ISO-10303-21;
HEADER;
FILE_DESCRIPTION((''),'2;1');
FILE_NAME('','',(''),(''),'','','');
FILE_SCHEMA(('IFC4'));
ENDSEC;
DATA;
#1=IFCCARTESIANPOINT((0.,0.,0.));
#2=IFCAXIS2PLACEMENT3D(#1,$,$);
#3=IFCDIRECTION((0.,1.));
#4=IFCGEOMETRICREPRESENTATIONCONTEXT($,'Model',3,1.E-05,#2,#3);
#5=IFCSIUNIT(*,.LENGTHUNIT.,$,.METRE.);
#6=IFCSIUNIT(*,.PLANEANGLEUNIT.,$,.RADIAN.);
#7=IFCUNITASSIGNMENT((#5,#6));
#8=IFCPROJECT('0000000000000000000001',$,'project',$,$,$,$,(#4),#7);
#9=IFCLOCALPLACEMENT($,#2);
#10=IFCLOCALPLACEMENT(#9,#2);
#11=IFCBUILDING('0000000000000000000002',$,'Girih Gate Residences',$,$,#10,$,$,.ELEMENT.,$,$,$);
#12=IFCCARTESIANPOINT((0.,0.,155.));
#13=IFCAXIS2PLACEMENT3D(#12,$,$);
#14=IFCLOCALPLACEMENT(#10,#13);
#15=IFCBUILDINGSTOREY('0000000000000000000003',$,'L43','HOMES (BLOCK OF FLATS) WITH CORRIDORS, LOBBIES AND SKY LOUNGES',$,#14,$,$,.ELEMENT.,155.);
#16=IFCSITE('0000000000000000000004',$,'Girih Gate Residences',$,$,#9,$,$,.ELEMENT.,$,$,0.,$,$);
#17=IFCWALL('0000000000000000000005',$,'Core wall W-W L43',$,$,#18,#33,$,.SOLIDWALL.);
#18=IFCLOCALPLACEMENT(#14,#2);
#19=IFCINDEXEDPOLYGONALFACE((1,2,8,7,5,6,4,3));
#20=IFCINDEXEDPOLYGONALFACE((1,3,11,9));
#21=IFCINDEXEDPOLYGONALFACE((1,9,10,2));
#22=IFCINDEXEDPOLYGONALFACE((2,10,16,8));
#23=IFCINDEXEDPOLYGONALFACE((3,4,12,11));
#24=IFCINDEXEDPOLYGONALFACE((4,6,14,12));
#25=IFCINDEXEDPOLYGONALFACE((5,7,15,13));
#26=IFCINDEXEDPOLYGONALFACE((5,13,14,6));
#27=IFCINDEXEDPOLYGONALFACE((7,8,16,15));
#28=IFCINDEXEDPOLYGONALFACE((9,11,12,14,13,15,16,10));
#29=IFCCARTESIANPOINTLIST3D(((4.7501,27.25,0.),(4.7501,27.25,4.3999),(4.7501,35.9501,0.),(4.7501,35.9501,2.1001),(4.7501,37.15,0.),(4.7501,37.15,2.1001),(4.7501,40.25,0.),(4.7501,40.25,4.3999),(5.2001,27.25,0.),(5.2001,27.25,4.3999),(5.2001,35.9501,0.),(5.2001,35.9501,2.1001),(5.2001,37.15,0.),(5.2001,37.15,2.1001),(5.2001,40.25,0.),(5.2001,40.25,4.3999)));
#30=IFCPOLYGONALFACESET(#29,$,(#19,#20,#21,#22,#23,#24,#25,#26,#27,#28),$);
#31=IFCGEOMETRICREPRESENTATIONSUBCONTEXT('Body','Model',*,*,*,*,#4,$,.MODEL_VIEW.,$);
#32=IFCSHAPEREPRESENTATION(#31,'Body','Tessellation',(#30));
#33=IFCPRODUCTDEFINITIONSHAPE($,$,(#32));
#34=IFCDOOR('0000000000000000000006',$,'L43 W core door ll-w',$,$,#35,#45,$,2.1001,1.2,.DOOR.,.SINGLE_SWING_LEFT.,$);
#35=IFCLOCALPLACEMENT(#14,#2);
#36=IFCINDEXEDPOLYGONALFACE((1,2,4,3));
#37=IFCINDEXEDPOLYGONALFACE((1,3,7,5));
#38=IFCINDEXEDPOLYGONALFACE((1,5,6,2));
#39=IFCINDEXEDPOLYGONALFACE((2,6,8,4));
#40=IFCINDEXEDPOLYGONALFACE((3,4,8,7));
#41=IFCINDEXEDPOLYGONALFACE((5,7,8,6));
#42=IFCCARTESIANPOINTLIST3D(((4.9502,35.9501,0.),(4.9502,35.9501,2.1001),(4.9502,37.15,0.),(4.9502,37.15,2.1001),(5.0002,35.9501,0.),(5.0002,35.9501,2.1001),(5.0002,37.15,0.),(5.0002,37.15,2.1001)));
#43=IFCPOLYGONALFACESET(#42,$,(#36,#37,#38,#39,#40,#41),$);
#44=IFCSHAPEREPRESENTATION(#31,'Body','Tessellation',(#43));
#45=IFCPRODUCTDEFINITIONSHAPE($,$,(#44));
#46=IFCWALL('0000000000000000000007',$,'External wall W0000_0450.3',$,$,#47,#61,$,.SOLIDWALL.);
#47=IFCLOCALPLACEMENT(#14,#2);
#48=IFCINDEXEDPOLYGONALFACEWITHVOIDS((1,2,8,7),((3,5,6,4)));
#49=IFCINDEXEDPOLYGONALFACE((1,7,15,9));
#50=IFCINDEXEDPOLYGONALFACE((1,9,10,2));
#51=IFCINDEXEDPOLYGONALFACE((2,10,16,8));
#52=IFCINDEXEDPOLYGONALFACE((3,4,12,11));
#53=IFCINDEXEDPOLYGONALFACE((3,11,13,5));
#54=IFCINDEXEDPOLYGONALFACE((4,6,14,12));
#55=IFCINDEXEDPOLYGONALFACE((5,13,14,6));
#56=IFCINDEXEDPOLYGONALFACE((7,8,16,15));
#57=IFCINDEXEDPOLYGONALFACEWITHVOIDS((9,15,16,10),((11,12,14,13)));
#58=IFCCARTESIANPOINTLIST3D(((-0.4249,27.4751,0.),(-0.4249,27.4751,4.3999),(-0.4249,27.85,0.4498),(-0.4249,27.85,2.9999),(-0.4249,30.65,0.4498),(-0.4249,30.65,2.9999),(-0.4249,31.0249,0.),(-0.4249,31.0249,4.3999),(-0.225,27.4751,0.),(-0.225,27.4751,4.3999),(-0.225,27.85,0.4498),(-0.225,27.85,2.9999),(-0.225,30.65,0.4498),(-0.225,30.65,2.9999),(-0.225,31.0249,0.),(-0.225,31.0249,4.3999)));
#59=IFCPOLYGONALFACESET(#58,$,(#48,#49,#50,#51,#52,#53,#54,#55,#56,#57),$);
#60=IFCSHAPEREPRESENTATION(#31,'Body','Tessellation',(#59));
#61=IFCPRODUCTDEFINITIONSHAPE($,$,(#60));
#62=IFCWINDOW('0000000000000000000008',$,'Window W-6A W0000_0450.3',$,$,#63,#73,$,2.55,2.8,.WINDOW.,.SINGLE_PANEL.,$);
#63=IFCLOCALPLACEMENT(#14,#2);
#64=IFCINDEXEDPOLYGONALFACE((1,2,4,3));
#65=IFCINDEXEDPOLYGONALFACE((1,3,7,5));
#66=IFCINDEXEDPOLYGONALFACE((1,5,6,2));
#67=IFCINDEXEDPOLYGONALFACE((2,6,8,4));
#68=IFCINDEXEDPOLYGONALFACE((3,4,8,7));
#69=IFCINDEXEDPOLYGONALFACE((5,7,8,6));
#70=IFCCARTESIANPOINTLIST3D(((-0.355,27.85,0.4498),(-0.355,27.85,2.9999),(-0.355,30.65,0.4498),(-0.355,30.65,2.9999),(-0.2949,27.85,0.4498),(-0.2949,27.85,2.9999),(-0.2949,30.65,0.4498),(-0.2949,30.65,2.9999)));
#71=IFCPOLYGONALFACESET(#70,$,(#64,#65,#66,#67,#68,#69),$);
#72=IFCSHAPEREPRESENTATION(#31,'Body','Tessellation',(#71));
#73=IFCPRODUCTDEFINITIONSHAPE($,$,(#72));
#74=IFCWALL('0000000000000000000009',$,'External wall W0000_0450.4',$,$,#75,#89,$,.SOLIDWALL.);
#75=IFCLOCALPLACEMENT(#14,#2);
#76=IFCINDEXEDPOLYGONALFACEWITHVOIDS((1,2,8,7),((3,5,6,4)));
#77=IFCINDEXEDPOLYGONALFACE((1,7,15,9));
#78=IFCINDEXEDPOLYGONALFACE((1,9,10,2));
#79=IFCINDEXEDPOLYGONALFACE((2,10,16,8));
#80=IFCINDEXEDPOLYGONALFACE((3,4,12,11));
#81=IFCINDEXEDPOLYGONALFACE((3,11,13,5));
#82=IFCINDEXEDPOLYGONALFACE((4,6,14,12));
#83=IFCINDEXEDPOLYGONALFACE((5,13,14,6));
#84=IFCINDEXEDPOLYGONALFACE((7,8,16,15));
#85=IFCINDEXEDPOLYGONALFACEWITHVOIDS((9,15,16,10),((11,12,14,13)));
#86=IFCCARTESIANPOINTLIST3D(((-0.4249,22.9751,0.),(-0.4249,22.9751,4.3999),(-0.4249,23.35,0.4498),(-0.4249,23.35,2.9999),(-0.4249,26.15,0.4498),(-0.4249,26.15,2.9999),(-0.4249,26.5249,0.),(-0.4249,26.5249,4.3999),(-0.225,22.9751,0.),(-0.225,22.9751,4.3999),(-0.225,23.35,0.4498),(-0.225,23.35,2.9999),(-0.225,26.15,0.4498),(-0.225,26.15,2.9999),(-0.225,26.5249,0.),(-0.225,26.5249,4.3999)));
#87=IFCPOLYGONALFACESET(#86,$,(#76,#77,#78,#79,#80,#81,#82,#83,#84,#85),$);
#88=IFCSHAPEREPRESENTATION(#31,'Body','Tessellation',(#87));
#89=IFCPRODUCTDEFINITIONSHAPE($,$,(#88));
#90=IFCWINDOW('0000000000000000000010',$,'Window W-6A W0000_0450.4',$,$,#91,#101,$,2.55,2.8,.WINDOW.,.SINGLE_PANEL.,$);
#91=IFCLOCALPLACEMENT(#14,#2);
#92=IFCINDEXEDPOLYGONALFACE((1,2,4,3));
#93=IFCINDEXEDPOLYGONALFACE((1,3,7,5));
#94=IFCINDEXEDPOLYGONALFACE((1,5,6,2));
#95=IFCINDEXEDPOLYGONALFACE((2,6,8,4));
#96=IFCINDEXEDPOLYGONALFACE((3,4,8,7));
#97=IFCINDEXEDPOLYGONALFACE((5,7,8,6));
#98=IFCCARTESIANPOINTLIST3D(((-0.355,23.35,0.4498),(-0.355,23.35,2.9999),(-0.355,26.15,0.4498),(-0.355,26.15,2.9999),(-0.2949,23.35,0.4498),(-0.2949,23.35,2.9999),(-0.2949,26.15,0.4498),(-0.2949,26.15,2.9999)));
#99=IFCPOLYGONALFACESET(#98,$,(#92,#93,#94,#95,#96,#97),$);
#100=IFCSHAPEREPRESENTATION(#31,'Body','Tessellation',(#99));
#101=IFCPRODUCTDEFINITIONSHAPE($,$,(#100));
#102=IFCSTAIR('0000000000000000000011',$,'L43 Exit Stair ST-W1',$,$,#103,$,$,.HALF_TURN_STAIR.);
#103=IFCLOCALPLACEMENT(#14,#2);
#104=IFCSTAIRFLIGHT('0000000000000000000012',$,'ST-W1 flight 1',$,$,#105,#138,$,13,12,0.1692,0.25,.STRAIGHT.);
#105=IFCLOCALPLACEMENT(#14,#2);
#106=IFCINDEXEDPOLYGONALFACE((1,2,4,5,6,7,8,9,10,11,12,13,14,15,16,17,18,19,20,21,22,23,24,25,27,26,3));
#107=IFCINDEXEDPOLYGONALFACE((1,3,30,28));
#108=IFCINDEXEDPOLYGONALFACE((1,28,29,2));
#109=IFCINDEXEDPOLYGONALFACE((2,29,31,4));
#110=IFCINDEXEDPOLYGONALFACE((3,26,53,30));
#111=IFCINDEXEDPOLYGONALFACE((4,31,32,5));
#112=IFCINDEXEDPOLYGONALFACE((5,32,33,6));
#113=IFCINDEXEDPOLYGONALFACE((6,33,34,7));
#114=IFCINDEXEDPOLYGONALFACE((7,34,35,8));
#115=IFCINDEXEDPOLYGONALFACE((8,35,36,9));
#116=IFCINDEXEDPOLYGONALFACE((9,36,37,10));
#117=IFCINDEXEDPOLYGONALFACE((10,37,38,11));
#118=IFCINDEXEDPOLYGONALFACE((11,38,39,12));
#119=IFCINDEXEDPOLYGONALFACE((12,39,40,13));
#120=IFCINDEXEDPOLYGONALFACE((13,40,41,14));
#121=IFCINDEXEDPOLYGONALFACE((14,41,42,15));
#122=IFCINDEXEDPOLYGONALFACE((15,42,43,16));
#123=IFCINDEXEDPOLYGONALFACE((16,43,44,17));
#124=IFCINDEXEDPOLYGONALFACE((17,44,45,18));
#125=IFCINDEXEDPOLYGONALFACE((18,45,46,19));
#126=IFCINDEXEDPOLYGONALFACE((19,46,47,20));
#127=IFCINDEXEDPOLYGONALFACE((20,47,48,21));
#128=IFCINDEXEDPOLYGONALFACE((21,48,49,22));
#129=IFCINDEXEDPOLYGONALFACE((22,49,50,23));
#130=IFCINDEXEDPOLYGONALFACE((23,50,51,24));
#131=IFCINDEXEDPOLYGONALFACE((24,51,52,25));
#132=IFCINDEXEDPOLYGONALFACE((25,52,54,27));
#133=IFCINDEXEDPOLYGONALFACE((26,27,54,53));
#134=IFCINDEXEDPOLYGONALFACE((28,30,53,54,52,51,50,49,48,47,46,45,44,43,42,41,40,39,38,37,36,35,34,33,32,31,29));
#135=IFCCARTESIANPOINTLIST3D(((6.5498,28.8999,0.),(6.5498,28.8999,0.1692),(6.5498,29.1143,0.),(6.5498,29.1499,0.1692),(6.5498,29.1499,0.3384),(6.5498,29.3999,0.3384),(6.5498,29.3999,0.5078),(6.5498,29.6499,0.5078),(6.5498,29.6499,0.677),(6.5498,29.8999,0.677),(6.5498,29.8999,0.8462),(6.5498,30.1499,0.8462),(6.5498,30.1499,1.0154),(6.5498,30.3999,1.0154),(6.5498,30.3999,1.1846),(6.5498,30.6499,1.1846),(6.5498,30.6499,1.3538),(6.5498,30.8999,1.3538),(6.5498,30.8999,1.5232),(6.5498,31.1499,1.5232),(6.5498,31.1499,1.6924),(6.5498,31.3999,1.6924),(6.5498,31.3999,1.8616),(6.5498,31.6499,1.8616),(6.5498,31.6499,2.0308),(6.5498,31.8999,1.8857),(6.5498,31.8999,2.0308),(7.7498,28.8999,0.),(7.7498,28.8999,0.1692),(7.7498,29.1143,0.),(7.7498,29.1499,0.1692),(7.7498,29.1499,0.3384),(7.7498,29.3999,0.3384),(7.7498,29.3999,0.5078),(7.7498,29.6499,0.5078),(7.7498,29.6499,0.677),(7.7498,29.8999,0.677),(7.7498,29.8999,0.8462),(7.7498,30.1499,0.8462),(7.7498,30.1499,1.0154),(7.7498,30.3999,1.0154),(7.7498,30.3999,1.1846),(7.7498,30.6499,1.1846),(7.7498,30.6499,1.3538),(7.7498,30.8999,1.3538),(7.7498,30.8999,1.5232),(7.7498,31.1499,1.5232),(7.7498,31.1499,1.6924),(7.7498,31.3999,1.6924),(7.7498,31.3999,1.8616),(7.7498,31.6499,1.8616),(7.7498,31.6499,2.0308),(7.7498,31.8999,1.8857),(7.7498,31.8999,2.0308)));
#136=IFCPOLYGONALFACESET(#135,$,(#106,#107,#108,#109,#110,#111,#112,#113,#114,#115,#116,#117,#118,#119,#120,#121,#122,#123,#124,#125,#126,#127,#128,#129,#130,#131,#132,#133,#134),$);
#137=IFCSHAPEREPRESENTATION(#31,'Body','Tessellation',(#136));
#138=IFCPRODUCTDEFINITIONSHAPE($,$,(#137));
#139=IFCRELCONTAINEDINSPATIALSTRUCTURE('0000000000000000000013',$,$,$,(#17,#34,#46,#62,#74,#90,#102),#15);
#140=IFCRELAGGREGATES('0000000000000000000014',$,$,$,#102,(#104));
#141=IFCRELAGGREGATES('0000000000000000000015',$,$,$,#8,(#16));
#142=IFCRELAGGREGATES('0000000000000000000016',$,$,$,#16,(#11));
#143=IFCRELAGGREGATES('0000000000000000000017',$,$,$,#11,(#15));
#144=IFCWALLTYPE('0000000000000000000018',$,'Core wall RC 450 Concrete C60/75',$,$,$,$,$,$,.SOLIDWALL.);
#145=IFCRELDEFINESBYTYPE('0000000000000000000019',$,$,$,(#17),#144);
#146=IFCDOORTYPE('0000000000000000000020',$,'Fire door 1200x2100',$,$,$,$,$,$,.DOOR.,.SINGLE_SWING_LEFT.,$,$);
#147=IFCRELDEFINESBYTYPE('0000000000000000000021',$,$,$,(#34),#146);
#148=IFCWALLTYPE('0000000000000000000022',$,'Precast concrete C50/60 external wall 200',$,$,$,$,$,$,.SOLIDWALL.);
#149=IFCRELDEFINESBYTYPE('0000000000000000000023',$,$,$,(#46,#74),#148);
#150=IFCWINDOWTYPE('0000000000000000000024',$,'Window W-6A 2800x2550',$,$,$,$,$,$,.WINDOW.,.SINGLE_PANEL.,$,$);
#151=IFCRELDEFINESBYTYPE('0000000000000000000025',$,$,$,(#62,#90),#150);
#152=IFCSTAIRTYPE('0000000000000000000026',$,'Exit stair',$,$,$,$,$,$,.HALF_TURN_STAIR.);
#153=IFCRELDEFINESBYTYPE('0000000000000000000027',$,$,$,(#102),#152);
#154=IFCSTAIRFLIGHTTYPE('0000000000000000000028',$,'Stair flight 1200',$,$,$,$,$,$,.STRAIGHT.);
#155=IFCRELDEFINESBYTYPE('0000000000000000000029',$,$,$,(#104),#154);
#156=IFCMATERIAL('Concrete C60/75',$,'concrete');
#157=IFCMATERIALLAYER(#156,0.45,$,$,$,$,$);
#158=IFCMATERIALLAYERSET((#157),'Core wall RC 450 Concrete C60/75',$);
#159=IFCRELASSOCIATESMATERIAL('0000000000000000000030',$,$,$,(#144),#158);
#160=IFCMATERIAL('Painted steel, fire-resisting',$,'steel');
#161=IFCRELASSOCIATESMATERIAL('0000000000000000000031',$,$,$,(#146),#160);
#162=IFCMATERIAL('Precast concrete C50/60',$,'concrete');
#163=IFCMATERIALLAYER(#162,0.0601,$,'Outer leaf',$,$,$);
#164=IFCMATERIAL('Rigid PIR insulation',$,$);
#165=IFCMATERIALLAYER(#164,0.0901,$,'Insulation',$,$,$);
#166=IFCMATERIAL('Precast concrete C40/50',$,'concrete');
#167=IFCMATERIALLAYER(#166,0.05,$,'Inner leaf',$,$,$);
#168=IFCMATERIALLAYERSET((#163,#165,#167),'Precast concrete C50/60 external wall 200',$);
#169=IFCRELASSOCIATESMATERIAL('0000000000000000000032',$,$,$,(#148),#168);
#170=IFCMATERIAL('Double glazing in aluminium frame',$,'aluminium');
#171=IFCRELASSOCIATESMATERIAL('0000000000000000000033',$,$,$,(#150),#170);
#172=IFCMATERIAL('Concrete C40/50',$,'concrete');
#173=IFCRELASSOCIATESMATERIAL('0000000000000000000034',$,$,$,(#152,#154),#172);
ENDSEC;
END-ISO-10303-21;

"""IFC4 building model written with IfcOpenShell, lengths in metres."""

from ifc_helpers import new_model, si_unit, direction, frame, frame_2d, origin, place, context, subcontext, project, spatial, polyline, rectangle, outline, extrude, material, layer, layer_set, type_object, element, fill, aggregate, save


model = new_model("IFC4")

# Units and contexts
model_context = context("Model", 3, precision=1e-05, world=origin(), true_north=direction((0.0, 1.0)))
body_context = subcontext(model_context, "Body", "Model", "MODEL_VIEW")
ifc_project = project(units=[si_unit("LENGTHUNIT", "METRE"), si_unit("PLANEANGLEUNIT", "RADIAN")], contexts=[model_context])

# Site, building, storey
site_placement = place(None, origin())
site = spatial("IfcSite", under=ifc_project, at=site_placement, Name="Girih Gate Residences", CompositionType="ELEMENT", RefElevation=0.0)
building_placement = place(site_placement, origin())
building = spatial("IfcBuilding", under=site, at=building_placement, Name="Girih Gate Residences", CompositionType="ELEMENT")
storey_placement = place(building_placement, frame((0.0, 0.0, 155.0)))
storey = spatial("IfcBuildingStorey", under=building, at=storey_placement, Name="L43", Description="HOMES (BLOCK OF FLATS) WITH CORRIDORS, LOBBIES AND SKY LOUNGES", CompositionType="ELEMENT", Elevation=155.0)

# Shared definitions
ifc_material_1 = material(Name="Concrete C60/75", Category="concrete")

# Shared definitions
ifc_layer_1 = layer(ifc_material_1, 0.45)
ifc_layer_set_1 = layer_set([ifc_layer_1], Name="Core wall RC 450 Concrete C60/75")
wall_type_1 = type_object("IfcWallType", Name="Core wall RC 450 Concrete C60/75", PredefinedType="SOLIDWALL", material=ifc_layer_set_1)
ifc_material_2 = material(Name="Painted steel, fire-resisting", Category="steel")

# Wall, opening, door
wall_1_placement = place(storey_placement, frame((4.9751, 27.25, 0.0), z_axis=(0.0, 0.0, 1.0), x_axis=(0.0, 1.0, 0.0)))
wall_1 = element("IfcWall", 1, at=wall_1_placement, inside=storey, type_object=wall_type_1, Name="Core wall W-W L43", PredefinedType="SOLIDWALL", context=body_context, shape_type="SweptSolid", body=[
    extrude(rectangle(XDim=13.0, YDim=0.45, at=frame_2d((6.5, 0.0))), origin(), (0.0, 0.0, 1.0), 4.3999),
])
opening_1_placement = place(wall_1_placement, frame((8.7, 0.0, 0.0)))
opening_1 = element("IfcOpeningElement", 2, at=opening_1_placement, cuts=wall_1, PredefinedType="OPENING", context=body_context, shape_type="SweptSolid", body=[
    extrude(rectangle(XDim=1.2, YDim=2.1001, at=frame_2d((0.6001, 1.05))), frame((0.0, 0.2349, 0.0), z_axis=(0.0, -1.0, 0.0), x_axis=(1.0, 0.0, 0.0)), (0.0, 0.0, 1.0), 0.47),
])
door_type_1 = type_object("IfcDoorType", Name="Fire door 1200x2100", OperationType="SINGLE_SWING_LEFT", PredefinedType="DOOR", material=ifc_material_2)
door_1_placement = place(opening_1_placement, origin())
door_1 = element("IfcDoor", 3, at=door_1_placement, inside=storey, type_object=door_type_1, Name="L43 W core door ll-w", OperationType="SINGLE_SWING_LEFT", OverallHeight=2.1001, OverallWidth=1.2, PredefinedType="DOOR", context=body_context, shape_type="SweptSolid", body=[
    extrude(rectangle(XDim=1.2, YDim=2.1001, at=frame_2d((0.6001, 1.05))), frame((0.0, 0.0249, 0.0), z_axis=(0.0, -1.0, 0.0), x_axis=(1.0, 0.0, 0.0)), (0.0, 0.0, 1.0), 0.05),
])
fill(opening_1, door_1)

# Walls, openings, windows
ifc_material_3 = material(Name="Precast concrete C50/60", Category="concrete")
ifc_layer_2 = layer(ifc_material_3, 0.0601, Name="Outer leaf")
ifc_material_4 = material(Name="Rigid PIR insulation")
ifc_layer_3 = layer(ifc_material_4, 0.0901, Name="Insulation")
ifc_material_5 = material(Name="Precast concrete C40/50", Category="concrete")
ifc_layer_4 = layer(ifc_material_5, 0.05, Name="Inner leaf")
ifc_layer_set_2 = layer_set([ifc_layer_2, ifc_layer_3, ifc_layer_4], Name="Precast concrete C50/60 external wall 200")
wall_type_2 = type_object("IfcWallType", Name="Precast concrete C50/60 external wall 200", PredefinedType="SOLIDWALL", material=ifc_layer_set_2)
wall_2_placement = place(storey_placement, frame((-0.325, 27.4751, 0.0), z_axis=(0.0, 0.0, 1.0), x_axis=(0.0, 1.0, 0.0)))
wall_2 = element("IfcWall", 4, at=wall_2_placement, inside=storey, type_object=wall_type_2, Name="External wall W0000_0450.3", PredefinedType="SOLIDWALL", context=body_context, shape_type="SweptSolid", body=[
    extrude(rectangle(XDim=3.5498, YDim=0.2, at=frame_2d((1.7749, 0.0))), origin(), (0.0, 0.0, 1.0), 4.3999),
])
opening_2_placement = place(wall_2_placement, frame((0.375, 0.0, 0.45)))
opening_2 = element("IfcOpeningElement", 5, at=opening_2_placement, cuts=wall_2, PredefinedType="OPENING", context=body_context, shape_type="SweptSolid", body=[
    extrude(rectangle(XDim=2.8, YDim=2.55, at=frame_2d((1.3999, 1.2749))), frame((0.0, 0.1099, 0.0), z_axis=(0.0, -1.0, 0.0), x_axis=(1.0, 0.0, 0.0)), (0.0, 0.0, 1.0), 0.22),
])
ifc_material_6 = material(Name="Double glazing in aluminium frame", Category="aluminium")
window_type = type_object("IfcWindowType", Name="Window W-6A 2800x2550", PartitioningType="SINGLE_PANEL", PredefinedType="WINDOW", material=ifc_material_6)
window_1_placement = place(opening_2_placement, origin())
window_1 = element("IfcWindow", 6, at=window_1_placement, inside=storey, type_object=window_type, Name="Window W-6A W0000_0450.3", OverallHeight=2.55, OverallWidth=2.8, PartitioningType="SINGLE_PANEL", PredefinedType="WINDOW", context=body_context, shape_type="SweptSolid", body=[
    extrude(rectangle(XDim=2.8, YDim=2.55, at=frame_2d((1.3999, 1.2749))), frame((0.0, 0.03, 0.0), z_axis=(0.0, -1.0, 0.0), x_axis=(1.0, 0.0, 0.0)), (0.0, 0.0, 1.0), 0.0601),
])
fill(opening_2, window_1)
wall_3_placement = place(storey_placement, frame((-0.325, 22.9751, 0.0), z_axis=(0.0, 0.0, 1.0), x_axis=(0.0, 1.0, 0.0)))
wall_3 = element("IfcWall", 7, at=wall_3_placement, inside=storey, type_object=wall_type_2, Name="External wall W0000_0450.4", PredefinedType="SOLIDWALL", context=body_context, shape_type="SweptSolid", body=[
    extrude(rectangle(XDim=3.5498, YDim=0.2, at=frame_2d((1.7749, 0.0))), origin(), (0.0, 0.0, 1.0), 4.3999),
])
opening_3_placement = place(wall_3_placement, frame((0.375, 0.0, 0.45)))
opening_3 = element("IfcOpeningElement", 8, at=opening_3_placement, cuts=wall_3, PredefinedType="OPENING", context=body_context, shape_type="SweptSolid", body=[
    extrude(rectangle(XDim=2.8, YDim=2.55, at=frame_2d((1.3999, 1.2749))), frame((0.0, 0.1099, 0.0), z_axis=(0.0, -1.0, 0.0), x_axis=(1.0, 0.0, 0.0)), (0.0, 0.0, 1.0), 0.22),
])
window_2_placement = place(opening_3_placement, origin())
window_2 = element("IfcWindow", 9, at=window_2_placement, inside=storey, type_object=window_type, Name="Window W-6A W0000_0450.4", OverallHeight=2.55, OverallWidth=2.8, PartitioningType="SINGLE_PANEL", PredefinedType="WINDOW", context=body_context, shape_type="SweptSolid", body=[
    extrude(rectangle(XDim=2.8, YDim=2.55, at=frame_2d((1.3999, 1.2749))), frame((0.0, 0.03, 0.0), z_axis=(0.0, -1.0, 0.0), x_axis=(1.0, 0.0, 0.0)), (0.0, 0.0, 1.0), 0.0601),
])
fill(opening_3, window_2)

# Stair, stair flight
ifc_material_7 = material(Name="Concrete C40/50", Category="concrete")
stair_type = type_object("IfcStairType", Name="Exit stair", PredefinedType="HALF_TURN_STAIR", material=ifc_material_7)
stair_placement = place(storey_placement, origin())
stair = element("IfcStair", 10, at=stair_placement, inside=storey, type_object=stair_type, Name="L43 Exit Stair ST-W1", PredefinedType="HALF_TURN_STAIR")
stair_flight_type = type_object("IfcStairFlightType", Name="Stair flight 1200", PredefinedType="STRAIGHT", material=ifc_material_7)
stair_flight_placement = place(storey_placement, frame((7.1499, 28.8999, 0.0), z_axis=(0.0, 0.0, 1.0), x_axis=(0.0, 1.0, 0.0)))
stair_flight = element("IfcStairFlight", 11, at=stair_flight_placement, type_object=stair_flight_type, Name="ST-W1 flight 1", NumberOfRisers=13, NumberOfTreads=12, PredefinedType="STRAIGHT", RiserHeight=0.1692, TreadLength=0.25, context=body_context, shape_type="SweptSolid", body=[
    extrude(outline(polyline([(0.0, 0.0), (0.0, 0.1692), (0.25, 0.1692), (0.25, 0.3384), (0.5, 0.3384), (0.5, 0.5078), (0.75, 0.5078), (0.75, 0.677), (1.0, 0.677), (1.0, 0.8462), (1.25, 0.8462), (1.25, 1.0154), (1.5, 1.0154), (1.5, 1.1846), (1.75, 1.1846), (1.75, 1.3538), (2.0, 1.3538), (2.0, 1.5232), (2.25, 1.5232), (2.25, 1.6924), (2.5, 1.6924), (2.5, 1.8616), (2.75, 1.8616), (2.75, 2.0308), (3.0, 2.0308), (3.0, 2.2), (3.0, 1.8857), (0.2144, 0.0), (0.0, 0.0)])), frame((0.0, 0.6001, 0.0), z_axis=(0.0, -1.0, 0.0), x_axis=(1.0, 0.0, 0.0)), (0.0, 0.0, 1.0), 1.2),
])
aggregate(stair, [stair_flight])

save(model, "model.ifc")
